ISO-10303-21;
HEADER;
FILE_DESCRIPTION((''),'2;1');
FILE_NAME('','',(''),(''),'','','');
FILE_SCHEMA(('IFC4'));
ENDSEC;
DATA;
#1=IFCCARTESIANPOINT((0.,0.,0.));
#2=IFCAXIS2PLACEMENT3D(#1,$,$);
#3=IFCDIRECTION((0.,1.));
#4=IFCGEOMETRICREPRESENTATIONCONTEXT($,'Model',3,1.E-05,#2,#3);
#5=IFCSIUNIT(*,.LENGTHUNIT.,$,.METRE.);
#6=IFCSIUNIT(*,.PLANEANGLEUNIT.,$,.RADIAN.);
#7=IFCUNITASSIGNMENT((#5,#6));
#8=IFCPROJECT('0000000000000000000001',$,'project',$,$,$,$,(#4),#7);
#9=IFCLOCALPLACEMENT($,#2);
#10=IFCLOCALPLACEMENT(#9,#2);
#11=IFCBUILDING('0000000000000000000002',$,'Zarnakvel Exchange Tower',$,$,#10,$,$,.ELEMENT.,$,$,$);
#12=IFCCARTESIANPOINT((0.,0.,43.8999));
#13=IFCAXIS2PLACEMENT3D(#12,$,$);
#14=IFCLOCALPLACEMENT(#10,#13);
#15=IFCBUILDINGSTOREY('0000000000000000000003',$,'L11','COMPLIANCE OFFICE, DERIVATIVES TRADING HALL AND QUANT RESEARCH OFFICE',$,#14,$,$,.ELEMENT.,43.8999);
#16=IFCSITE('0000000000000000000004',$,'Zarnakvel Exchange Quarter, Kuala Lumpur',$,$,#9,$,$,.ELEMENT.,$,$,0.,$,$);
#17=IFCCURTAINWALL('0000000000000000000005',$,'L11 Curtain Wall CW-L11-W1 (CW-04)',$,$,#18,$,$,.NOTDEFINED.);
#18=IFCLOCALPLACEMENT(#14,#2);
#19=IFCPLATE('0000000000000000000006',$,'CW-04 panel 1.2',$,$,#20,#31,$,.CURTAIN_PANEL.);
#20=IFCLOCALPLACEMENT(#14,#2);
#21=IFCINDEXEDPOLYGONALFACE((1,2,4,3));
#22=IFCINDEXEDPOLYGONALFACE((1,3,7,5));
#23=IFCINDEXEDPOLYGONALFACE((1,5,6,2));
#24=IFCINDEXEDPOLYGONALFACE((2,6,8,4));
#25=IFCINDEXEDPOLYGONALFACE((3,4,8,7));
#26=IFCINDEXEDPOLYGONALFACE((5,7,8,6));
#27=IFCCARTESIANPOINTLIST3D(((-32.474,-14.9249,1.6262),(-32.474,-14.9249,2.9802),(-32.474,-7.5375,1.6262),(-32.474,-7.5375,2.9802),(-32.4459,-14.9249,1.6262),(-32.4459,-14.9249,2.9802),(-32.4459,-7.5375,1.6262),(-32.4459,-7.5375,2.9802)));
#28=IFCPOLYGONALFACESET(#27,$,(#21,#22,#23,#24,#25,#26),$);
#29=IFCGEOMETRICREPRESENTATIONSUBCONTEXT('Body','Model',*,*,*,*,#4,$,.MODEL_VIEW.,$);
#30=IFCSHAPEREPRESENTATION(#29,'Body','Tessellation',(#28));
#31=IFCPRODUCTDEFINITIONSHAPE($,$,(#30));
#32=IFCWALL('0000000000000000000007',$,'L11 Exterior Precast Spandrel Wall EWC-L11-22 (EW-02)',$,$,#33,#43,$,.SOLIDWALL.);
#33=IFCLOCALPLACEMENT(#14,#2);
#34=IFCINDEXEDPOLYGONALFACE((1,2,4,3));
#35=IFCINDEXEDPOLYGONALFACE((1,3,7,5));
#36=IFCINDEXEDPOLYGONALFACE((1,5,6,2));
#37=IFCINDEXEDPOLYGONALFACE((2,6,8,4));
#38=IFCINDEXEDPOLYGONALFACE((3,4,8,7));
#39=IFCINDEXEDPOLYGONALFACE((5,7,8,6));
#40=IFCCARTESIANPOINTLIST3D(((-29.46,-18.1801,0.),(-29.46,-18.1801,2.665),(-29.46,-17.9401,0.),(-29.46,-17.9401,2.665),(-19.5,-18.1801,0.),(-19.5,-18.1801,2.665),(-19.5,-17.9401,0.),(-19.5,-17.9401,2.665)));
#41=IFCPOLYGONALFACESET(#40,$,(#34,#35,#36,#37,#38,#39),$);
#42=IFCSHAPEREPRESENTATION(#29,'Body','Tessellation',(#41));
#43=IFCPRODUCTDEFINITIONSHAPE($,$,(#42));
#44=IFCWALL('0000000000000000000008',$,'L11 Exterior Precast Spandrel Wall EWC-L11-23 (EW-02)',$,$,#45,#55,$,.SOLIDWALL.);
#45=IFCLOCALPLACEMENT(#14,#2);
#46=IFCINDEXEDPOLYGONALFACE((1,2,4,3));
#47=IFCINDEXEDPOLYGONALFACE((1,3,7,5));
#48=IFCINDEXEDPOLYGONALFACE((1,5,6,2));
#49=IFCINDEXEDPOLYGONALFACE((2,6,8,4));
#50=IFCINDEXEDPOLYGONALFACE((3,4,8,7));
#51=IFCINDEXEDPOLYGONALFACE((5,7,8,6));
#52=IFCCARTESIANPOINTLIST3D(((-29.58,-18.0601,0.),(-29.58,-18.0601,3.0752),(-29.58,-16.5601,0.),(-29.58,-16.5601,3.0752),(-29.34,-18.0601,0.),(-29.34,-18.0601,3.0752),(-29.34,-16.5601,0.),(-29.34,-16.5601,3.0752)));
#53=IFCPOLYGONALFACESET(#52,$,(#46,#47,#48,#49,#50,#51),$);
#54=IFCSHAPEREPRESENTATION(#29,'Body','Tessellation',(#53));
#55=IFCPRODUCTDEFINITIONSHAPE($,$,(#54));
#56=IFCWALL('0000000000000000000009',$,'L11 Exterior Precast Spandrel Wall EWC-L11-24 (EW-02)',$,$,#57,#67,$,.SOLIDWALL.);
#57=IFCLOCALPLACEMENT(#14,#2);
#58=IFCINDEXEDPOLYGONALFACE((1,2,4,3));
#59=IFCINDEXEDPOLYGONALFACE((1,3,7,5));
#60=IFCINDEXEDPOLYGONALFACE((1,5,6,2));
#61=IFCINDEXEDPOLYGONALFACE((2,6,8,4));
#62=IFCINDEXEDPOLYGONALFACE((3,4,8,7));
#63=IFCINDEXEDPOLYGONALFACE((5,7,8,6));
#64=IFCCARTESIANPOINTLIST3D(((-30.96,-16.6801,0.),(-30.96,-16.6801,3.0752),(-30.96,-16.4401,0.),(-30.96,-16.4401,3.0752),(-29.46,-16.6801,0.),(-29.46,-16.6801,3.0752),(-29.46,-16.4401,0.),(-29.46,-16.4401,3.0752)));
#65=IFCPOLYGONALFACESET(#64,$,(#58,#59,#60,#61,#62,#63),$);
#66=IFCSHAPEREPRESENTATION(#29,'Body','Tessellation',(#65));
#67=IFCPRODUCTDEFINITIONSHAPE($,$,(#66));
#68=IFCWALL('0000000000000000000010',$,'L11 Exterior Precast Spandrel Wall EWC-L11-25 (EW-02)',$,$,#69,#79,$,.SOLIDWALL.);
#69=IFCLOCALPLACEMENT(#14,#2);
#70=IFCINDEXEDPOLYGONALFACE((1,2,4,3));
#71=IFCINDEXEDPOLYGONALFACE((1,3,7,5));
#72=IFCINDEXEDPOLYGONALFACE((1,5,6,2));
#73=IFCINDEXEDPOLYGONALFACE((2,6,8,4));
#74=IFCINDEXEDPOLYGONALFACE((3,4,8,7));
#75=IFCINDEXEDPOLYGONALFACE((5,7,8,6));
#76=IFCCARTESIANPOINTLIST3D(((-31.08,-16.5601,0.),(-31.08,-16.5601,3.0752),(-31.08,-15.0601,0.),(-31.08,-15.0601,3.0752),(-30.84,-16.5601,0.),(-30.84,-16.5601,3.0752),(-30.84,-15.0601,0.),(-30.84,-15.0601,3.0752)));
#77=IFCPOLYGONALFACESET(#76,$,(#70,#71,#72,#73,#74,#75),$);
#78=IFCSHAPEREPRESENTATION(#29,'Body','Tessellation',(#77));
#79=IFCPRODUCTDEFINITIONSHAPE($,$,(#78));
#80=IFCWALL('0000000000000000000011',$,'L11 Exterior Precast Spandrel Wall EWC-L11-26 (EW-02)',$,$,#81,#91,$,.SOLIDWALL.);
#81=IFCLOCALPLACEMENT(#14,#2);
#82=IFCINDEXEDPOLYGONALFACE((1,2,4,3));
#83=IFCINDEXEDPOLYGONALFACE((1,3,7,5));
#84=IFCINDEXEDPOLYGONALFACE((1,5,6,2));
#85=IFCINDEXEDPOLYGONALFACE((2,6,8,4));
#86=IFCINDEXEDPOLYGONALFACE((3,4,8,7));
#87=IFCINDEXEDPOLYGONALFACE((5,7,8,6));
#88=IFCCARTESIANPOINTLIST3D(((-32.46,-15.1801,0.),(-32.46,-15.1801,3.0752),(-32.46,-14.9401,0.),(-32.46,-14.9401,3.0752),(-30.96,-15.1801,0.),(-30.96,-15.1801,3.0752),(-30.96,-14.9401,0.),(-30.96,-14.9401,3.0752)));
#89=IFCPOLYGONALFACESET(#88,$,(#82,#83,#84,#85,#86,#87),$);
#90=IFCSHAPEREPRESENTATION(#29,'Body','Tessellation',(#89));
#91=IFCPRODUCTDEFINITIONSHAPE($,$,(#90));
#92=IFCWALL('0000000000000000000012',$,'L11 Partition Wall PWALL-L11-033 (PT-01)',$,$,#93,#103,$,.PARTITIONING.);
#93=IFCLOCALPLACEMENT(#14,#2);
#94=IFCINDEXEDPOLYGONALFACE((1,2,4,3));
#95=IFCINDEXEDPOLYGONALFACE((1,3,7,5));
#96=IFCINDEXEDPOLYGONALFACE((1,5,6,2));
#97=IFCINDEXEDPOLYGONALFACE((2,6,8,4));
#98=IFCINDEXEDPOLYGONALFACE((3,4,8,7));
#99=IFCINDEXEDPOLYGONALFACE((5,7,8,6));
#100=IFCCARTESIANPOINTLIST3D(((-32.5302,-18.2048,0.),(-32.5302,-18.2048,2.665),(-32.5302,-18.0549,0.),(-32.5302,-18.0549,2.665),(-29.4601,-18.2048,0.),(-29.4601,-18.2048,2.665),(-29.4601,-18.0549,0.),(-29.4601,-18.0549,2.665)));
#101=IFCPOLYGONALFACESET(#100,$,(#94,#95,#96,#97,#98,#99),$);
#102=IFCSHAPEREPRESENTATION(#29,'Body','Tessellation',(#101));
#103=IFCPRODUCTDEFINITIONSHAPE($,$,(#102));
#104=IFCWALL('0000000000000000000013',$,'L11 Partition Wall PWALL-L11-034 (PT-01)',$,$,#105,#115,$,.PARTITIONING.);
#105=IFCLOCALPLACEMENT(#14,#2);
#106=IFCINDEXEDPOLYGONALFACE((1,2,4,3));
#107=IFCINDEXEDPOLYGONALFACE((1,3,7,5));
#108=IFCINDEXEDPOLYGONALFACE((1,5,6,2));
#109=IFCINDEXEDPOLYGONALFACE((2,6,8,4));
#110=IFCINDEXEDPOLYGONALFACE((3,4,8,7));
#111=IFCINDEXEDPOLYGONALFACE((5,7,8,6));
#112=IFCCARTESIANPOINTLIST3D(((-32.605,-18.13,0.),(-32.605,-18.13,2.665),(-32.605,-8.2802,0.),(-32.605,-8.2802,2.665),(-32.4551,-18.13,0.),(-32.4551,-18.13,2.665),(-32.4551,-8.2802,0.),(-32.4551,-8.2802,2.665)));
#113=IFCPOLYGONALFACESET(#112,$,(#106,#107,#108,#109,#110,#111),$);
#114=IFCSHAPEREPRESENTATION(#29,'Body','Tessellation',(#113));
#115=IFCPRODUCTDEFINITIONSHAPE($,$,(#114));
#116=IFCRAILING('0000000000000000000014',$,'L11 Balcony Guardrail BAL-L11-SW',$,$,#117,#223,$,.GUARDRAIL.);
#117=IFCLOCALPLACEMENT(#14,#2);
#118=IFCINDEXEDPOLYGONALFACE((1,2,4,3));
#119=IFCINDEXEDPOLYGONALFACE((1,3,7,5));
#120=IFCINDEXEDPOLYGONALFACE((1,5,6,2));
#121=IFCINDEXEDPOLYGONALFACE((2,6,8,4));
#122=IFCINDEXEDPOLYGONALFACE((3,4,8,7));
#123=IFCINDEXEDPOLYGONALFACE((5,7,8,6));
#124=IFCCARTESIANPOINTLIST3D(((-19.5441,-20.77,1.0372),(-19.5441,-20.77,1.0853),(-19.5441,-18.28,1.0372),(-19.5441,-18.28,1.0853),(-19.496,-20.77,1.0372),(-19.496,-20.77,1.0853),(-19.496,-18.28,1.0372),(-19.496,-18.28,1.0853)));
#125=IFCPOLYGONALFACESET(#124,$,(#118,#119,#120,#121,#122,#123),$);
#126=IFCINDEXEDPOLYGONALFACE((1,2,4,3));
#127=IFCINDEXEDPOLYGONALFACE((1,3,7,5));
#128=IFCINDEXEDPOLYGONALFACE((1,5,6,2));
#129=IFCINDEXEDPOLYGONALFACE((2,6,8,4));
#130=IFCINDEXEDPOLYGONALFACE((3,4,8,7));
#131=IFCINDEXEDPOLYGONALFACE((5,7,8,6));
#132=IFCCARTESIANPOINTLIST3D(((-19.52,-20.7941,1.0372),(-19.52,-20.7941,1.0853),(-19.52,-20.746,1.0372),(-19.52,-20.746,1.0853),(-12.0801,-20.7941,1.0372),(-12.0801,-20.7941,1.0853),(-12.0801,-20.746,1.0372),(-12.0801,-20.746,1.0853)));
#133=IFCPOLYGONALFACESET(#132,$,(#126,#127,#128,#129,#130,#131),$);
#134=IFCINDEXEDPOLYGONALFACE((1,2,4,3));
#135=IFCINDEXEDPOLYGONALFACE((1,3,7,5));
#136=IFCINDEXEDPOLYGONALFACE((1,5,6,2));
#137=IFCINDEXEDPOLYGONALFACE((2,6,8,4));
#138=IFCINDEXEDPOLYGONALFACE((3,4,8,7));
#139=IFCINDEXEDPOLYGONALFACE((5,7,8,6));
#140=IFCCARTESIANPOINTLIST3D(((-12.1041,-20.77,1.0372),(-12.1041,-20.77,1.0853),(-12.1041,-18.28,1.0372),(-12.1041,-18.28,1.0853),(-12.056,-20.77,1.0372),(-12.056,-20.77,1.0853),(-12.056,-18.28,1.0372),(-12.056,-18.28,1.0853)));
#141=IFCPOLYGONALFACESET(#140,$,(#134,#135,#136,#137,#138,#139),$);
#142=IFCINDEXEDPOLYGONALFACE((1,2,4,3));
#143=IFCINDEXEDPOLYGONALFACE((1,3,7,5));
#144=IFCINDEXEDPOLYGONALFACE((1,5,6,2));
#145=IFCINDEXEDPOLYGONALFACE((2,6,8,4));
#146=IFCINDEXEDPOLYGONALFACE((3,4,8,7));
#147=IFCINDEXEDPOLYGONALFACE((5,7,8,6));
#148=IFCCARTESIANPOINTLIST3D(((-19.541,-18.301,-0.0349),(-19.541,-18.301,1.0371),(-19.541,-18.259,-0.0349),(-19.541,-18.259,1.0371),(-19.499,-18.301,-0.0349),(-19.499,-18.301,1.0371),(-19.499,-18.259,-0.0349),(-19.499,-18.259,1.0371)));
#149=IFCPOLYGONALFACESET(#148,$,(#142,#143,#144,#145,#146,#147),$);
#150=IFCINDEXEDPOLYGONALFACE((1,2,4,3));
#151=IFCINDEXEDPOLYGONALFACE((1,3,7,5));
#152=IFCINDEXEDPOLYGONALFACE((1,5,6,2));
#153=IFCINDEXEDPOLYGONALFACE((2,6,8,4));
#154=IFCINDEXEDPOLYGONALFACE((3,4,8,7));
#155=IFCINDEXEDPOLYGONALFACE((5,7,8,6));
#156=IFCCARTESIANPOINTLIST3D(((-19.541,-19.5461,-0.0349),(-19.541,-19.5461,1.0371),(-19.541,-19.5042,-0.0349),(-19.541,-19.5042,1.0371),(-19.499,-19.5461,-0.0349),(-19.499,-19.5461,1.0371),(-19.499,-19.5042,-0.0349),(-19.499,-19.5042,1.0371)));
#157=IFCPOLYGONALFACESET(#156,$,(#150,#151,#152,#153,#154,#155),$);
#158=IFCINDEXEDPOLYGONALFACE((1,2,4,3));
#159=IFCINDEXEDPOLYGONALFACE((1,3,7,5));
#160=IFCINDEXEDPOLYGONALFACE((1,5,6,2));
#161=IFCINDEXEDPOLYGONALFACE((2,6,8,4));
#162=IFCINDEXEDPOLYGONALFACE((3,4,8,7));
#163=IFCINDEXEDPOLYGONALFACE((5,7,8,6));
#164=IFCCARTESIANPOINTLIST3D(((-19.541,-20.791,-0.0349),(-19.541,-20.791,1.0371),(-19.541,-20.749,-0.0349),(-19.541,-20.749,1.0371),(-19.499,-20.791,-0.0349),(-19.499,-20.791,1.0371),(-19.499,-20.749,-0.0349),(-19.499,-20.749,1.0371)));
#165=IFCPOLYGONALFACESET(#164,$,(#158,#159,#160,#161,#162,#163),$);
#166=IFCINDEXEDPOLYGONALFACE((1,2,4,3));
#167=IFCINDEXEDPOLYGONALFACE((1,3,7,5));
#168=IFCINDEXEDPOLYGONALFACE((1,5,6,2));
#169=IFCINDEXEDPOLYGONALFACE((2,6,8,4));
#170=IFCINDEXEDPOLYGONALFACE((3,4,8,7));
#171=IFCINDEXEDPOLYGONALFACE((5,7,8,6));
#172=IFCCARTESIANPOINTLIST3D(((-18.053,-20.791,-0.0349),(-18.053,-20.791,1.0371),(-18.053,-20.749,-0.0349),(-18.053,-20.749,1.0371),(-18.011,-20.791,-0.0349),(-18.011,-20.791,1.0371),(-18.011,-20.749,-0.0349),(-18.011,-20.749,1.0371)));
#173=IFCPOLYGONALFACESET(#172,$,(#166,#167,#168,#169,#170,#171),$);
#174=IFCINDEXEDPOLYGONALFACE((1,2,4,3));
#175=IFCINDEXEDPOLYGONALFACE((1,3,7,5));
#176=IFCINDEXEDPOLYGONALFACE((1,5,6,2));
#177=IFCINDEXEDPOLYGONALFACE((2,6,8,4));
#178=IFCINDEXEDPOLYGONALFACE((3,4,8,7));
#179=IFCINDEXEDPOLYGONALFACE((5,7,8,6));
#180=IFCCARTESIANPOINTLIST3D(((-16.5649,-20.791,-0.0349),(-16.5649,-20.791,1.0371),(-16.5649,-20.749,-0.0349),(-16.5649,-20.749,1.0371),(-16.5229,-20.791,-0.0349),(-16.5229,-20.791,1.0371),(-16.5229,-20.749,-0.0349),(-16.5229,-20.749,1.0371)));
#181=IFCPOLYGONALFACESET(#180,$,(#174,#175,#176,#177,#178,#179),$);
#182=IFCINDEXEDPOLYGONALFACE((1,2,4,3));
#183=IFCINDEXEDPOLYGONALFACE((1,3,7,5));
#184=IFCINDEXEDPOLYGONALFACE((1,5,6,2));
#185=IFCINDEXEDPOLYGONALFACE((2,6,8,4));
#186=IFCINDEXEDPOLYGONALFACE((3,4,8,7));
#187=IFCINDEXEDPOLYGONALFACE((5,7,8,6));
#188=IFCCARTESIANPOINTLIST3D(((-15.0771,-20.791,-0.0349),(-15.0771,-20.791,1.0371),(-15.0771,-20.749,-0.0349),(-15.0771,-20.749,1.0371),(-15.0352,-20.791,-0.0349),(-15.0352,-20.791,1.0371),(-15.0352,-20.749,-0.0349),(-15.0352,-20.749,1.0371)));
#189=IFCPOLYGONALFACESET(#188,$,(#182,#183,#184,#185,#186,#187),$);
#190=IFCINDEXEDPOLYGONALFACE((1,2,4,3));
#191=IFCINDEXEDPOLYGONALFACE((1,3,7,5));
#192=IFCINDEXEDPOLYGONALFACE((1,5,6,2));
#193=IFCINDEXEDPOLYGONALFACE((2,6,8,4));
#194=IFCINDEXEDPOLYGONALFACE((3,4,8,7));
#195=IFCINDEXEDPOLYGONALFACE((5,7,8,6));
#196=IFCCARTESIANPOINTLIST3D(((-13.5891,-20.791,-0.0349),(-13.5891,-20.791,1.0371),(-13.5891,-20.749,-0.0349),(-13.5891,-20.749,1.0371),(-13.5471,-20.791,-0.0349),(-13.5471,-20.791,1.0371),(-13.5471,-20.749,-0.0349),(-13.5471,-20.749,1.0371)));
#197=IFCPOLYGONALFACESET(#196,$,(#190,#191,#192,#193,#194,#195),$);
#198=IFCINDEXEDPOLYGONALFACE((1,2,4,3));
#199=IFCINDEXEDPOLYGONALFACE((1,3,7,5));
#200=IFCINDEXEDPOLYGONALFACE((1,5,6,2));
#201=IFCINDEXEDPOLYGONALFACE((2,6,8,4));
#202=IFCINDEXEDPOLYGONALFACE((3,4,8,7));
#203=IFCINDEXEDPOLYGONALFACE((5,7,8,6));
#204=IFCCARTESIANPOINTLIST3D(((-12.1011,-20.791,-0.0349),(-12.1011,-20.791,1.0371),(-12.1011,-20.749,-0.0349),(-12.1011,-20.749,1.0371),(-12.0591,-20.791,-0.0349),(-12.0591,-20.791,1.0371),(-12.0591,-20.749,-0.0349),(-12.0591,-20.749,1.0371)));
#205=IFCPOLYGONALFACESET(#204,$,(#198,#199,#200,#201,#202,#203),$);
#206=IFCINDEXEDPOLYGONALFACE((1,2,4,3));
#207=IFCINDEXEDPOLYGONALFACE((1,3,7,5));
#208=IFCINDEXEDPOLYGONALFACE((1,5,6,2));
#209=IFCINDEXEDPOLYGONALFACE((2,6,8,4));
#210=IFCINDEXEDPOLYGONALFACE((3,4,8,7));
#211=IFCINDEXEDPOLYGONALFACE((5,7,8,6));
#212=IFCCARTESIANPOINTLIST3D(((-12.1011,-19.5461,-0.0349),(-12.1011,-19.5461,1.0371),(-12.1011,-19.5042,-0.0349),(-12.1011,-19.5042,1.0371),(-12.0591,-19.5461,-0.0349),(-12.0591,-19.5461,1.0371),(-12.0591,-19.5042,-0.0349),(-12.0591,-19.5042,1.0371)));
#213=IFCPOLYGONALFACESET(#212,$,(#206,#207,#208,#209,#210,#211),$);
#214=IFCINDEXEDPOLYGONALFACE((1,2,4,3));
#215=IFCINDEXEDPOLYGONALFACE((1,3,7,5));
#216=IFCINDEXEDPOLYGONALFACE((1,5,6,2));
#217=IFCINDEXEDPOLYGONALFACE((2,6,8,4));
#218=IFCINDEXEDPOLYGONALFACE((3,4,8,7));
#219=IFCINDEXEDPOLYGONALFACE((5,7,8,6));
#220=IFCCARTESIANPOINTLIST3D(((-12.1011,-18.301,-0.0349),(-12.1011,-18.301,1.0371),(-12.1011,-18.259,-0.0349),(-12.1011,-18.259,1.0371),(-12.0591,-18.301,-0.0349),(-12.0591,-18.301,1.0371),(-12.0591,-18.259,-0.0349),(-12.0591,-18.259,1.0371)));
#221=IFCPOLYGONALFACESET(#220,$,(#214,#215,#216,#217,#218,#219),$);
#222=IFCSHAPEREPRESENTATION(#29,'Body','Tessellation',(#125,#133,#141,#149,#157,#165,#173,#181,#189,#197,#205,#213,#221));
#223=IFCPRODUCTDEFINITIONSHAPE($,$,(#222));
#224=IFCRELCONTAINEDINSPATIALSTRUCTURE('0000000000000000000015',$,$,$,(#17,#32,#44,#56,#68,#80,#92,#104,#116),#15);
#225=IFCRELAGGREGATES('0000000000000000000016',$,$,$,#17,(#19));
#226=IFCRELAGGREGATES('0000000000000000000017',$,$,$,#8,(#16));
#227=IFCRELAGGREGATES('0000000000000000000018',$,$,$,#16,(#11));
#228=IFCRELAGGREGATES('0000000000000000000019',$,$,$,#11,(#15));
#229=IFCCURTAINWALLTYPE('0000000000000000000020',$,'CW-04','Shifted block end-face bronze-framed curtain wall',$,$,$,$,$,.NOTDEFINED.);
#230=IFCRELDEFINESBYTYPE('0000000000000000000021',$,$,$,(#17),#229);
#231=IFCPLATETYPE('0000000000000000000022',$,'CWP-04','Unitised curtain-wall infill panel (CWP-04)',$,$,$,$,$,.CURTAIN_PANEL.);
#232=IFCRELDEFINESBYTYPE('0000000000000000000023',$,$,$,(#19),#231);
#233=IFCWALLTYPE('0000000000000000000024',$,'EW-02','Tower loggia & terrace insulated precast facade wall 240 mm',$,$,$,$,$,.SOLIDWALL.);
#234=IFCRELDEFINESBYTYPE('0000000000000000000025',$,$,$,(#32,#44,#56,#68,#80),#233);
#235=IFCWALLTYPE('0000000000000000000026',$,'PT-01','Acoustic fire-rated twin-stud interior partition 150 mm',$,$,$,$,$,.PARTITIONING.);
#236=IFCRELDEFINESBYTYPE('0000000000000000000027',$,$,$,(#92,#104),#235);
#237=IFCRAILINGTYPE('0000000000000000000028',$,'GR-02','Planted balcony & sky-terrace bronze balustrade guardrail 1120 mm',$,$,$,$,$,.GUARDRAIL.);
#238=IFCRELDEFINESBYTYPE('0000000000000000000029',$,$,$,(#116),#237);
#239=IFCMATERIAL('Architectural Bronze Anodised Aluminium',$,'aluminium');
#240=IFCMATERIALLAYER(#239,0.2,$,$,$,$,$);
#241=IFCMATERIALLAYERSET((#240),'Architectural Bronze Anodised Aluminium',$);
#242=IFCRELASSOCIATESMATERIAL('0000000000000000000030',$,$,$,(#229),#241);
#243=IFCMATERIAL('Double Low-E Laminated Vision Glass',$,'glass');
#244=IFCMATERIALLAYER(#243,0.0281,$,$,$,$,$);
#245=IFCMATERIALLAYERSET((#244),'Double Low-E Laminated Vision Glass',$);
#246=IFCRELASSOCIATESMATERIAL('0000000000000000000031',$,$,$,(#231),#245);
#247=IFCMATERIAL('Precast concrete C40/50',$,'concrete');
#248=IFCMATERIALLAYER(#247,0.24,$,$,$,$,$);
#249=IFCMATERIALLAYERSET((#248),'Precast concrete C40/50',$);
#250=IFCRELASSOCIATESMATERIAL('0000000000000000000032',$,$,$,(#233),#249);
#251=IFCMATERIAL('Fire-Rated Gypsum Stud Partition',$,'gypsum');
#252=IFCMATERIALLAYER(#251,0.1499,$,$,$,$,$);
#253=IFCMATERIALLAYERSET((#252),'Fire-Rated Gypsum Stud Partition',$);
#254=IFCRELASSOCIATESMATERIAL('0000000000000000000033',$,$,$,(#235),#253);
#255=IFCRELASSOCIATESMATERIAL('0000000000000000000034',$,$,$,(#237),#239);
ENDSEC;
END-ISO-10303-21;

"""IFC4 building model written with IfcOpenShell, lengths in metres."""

from ifc_helpers import new_model, si_unit, direction, frame, frame_2d, origin, origin_2d, place, context, subcontext, project, spatial, rectangle, extrude, source, transform, mapped, material, layer, layer_set, type_object, element, aggregate, save


model = new_model("IFC4")

# Units and contexts
model_context = context("Model", 3, precision=1e-05, world=origin(), true_north=direction((0.0, 1.0)))
body_context = subcontext(model_context, "Body", "Model", "MODEL_VIEW")
ifc_project = project(units=[si_unit("LENGTHUNIT", "METRE"), si_unit("PLANEANGLEUNIT", "RADIAN")], contexts=[model_context])

# Site, building, storey
site_placement = place(None, origin())
site = spatial("IfcSite", under=ifc_project, at=site_placement, Name="Zarnakvel Exchange Quarter, Kuala Lumpur", CompositionType="ELEMENT", RefElevation=0.0)
building_placement = place(site_placement, origin())
building = spatial("IfcBuilding", under=site, at=building_placement, Name="Zarnakvel Exchange Tower", CompositionType="ELEMENT")
storey_placement = place(building_placement, frame((0.0, 0.0, 43.8999)))
storey = spatial("IfcBuildingStorey", under=building, at=storey_placement, Name="L11", Description="COMPLIANCE OFFICE, DERIVATIVES TRADING HALL AND QUANT RESEARCH OFFICE", CompositionType="ELEMENT", Elevation=43.8999)

# Curtain wall, plate
ifc_material_1 = material(Name="Architectural Bronze Anodised Aluminium", Category="aluminium")
ifc_layer_1 = layer(ifc_material_1, 0.2)
ifc_layer_set_1 = layer_set([ifc_layer_1], Name="Architectural Bronze Anodised Aluminium")
curtain_wall_type = type_object("IfcCurtainWallType", Name="CW-04", Description="Shifted block end-face bronze-framed curtain wall", PredefinedType="NOTDEFINED", material=ifc_layer_set_1)
curtain_wall_placement = place(storey_placement, origin())
curtain_wall = element("IfcCurtainWall", 1, at=curtain_wall_placement, inside=storey, type_object=curtain_wall_type, Name="L11 Curtain Wall CW-L11-W1 (CW-04)", PredefinedType="NOTDEFINED")
ifc_material_2 = material(Name="Double Low-E Laminated Vision Glass", Category="glass")
ifc_layer_2 = layer(ifc_material_2, 0.0281)
ifc_layer_set_2 = layer_set([ifc_layer_2], Name="Double Low-E Laminated Vision Glass")
plate_type = type_object("IfcPlateType", Name="CWP-04", Description="Unitised curtain-wall infill panel (CWP-04)", PredefinedType="CURTAIN_PANEL", material=ifc_layer_set_2)
shared_shape_1 = source(origin(), body_context, "Body", "SweptSolid", [
    extrude(rectangle(XDim=7.3875, YDim=0.0281, at=origin_2d()), origin(), (0.0, 0.0, 1.0), 1.354),
])
plate_1_placement = place(storey_placement, frame((-32.46, -11.2312, 1.6262), z_axis=(0.0, 0.0, 1.0), x_axis=(0.0, 1.0, 0.0)))
plate_1 = element("IfcPlate", 2, at=plate_1_placement, type_object=plate_type, Name="CW-04 panel 1.2", PredefinedType="CURTAIN_PANEL", context=body_context, shape_type="MappedRepresentation", body=[
    mapped(shared_shape_1, transform((0.0, 0.0, 0.0), x_axis=(1.0, 0.0, 0.0), y_axis=(0.0, 1.0, 0.0), z_axis=(0.0, 0.0, 1.0), scale=1.0)),
])
aggregate(curtain_wall, [plate_1])

# Walls
ifc_material_3 = material(Name="Precast concrete C40/50", Category="concrete")
ifc_layer_3 = layer(ifc_material_3, 0.24)
ifc_layer_set_3 = layer_set([ifc_layer_3], Name="Precast concrete C40/50")
wall_type_1 = type_object("IfcWallType", Name="EW-02", Description="Tower loggia & terrace insulated precast facade wall 240 mm", PredefinedType="SOLIDWALL", material=ifc_layer_set_3)
wall_1_placement = place(storey_placement, frame((-29.46, -18.0601, 0.0), z_axis=(0.0, 0.0, 1.0), x_axis=(1.0, 0.0, 0.0)))
element("IfcWall", 3, at=wall_1_placement, inside=storey, type_object=wall_type_1, Name="L11 Exterior Precast Spandrel Wall EWC-L11-22 (EW-02)", PredefinedType="SOLIDWALL", context=body_context, shape_type="SweptSolid", body=[
    extrude(rectangle(XDim=9.96, YDim=0.24, at=frame_2d((4.98, 0.0))), origin(), (0.0, 0.0, 1.0), 2.665),
])
for number, where, z_axis, x_axis, name in (
    (4, (-29.46, -16.5601, 0.0), (0.0, 0.0, 1.0), (0.0, -1.0, 0.0), "L11 Exterior Precast Spandrel Wall EWC-L11-23 (EW-02)"),
    (5, (-30.96, -16.5601, 0.0), (0.0, 0.0, 1.0), (1.0, 0.0, 0.0), "L11 Exterior Precast Spandrel Wall EWC-L11-24 (EW-02)"),
    (6, (-30.96, -15.0601, 0.0), (0.0, 0.0, 1.0), (0.0, -1.0, 0.0), "L11 Exterior Precast Spandrel Wall EWC-L11-25 (EW-02)"),
    (7, (-32.46, -15.0601, 0.0), (0.0, 0.0, 1.0), (1.0, 0.0, 0.0), "L11 Exterior Precast Spandrel Wall EWC-L11-26 (EW-02)"),
):
    element("IfcWall", number, at=place(storey_placement, frame(where, z_axis=z_axis, x_axis=x_axis)), inside=storey, type_object=wall_type_1, Name=name, PredefinedType="SOLIDWALL", context=body_context, shape_type="SweptSolid", body=[
        extrude(rectangle(XDim=1.5, YDim=0.24, at=frame_2d((0.75, 0.0))), origin(), (0.0, 0.0, 1.0), 3.0752),
    ])
ifc_material_4 = material(Name="Fire-Rated Gypsum Stud Partition", Category="gypsum")
ifc_layer_4 = layer(ifc_material_4, 0.1499)
ifc_layer_set_4 = layer_set([ifc_layer_4], Name="Fire-Rated Gypsum Stud Partition")
wall_type_2 = type_object("IfcWallType", Name="PT-01", Description="Acoustic fire-rated twin-stud interior partition 150 mm", PredefinedType="PARTITIONING", material=ifc_layer_set_4)
wall_2_placement = place(storey_placement, frame((-29.46, -18.1299, 0.0), z_axis=(0.0, 0.0, 1.0), x_axis=(-1.0, 0.0, 0.0)))
element("IfcWall", 8, at=wall_2_placement, inside=storey, type_object=wall_type_2, Name="L11 Partition Wall PWALL-L11-033 (PT-01)", PredefinedType="PARTITIONING", context=body_context, shape_type="SweptSolid", body=[
    extrude(rectangle(XDim=3.0701, YDim=0.1499, at=frame_2d((1.5352, 0.0))), origin(), (0.0, 0.0, 1.0), 2.665),
])
wall_3_placement = place(storey_placement, frame((-32.53, -18.1299, 0.0), z_axis=(0.0, 0.0, 1.0), x_axis=(0.0, 1.0, 0.0)))
element("IfcWall", 9, at=wall_3_placement, inside=storey, type_object=wall_type_2, Name="L11 Partition Wall PWALL-L11-034 (PT-01)", PredefinedType="PARTITIONING", context=body_context, shape_type="SweptSolid", body=[
    extrude(rectangle(XDim=9.8499, YDim=0.1499, at=frame_2d((4.9248, 0.0))), origin(), (0.0, 0.0, 1.0), 2.665),
])

# Railing
railing_type = type_object("IfcRailingType", Name="GR-02", Description="Planted balcony & sky-terrace bronze balustrade guardrail 1120 mm", PredefinedType="GUARDRAIL", material=ifc_material_1)
railing_placement = place(storey_placement, frame((-19.52, -18.28, -0.0349)))
element("IfcRailing", 10, at=railing_placement, inside=storey, type_object=railing_type, Name="L11 Balcony Guardrail BAL-L11-SW", PredefinedType="GUARDRAIL", context=body_context, shape_type="SweptSolid", body=[
    extrude(rectangle(XDim=0.0481, YDim=0.0481, at=origin_2d()), frame((0.0, 0.0, 1.0962), z_axis=(0.0, -1.0, 0.0), x_axis=(1.0, 0.0, 0.0)), (0.0, 0.0, 1.0), 2.49),
    extrude(rectangle(XDim=0.0481, YDim=0.0481, at=origin_2d()), frame((0.0, -2.49, 1.0962), z_axis=(1.0, 0.0, 0.0), x_axis=(0.0, 1.0, 0.0)), (0.0, 0.0, 1.0), 7.4399),
    extrude(rectangle(XDim=0.0481, YDim=0.0481, at=origin_2d()), frame((7.4399, -2.49, 1.0962), z_axis=(0.0, 1.0, 0.0), x_axis=(-1.0, 0.0, 0.0)), (0.0, 0.0, 1.0), 2.49),
    extrude(rectangle(XDim=0.042, YDim=0.042, at=origin_2d()), origin(), (0.0, 0.0, 1.0), 1.072),
    extrude(rectangle(XDim=0.042, YDim=0.042, at=origin_2d()), frame((0.0, -1.2451, 0.0)), (0.0, 0.0, 1.0), 1.072),
    extrude(rectangle(XDim=0.042, YDim=0.042, at=origin_2d()), frame((0.0, -2.49, 0.0)), (0.0, 0.0, 1.0), 1.072),
    extrude(rectangle(XDim=0.042, YDim=0.042, at=origin_2d()), frame((1.488, -2.49, 0.0)), (0.0, 0.0, 1.0), 1.072),
    extrude(rectangle(XDim=0.042, YDim=0.042, at=origin_2d()), frame((2.9761, -2.49, 0.0)), (0.0, 0.0, 1.0), 1.072),
    extrude(rectangle(XDim=0.042, YDim=0.042, at=origin_2d()), frame((4.4639, -2.49, 0.0)), (0.0, 0.0, 1.0), 1.072),
    extrude(rectangle(XDim=0.042, YDim=0.042, at=origin_2d()), frame((5.9519, -2.49, 0.0)), (0.0, 0.0, 1.0), 1.072),
    extrude(rectangle(XDim=0.042, YDim=0.042, at=origin_2d()), frame((7.4399, -2.49, 0.0)), (0.0, 0.0, 1.0), 1.072),
    extrude(rectangle(XDim=0.042, YDim=0.042, at=origin_2d()), frame((7.4399, -1.2451, 0.0)), (0.0, 0.0, 1.0), 1.072),
    extrude(rectangle(XDim=0.042, YDim=0.042, at=origin_2d()), frame((7.4399, 0.0, 0.0)), (0.0, 0.0, 1.0), 1.072),
])

save(model, "model.ifc")
